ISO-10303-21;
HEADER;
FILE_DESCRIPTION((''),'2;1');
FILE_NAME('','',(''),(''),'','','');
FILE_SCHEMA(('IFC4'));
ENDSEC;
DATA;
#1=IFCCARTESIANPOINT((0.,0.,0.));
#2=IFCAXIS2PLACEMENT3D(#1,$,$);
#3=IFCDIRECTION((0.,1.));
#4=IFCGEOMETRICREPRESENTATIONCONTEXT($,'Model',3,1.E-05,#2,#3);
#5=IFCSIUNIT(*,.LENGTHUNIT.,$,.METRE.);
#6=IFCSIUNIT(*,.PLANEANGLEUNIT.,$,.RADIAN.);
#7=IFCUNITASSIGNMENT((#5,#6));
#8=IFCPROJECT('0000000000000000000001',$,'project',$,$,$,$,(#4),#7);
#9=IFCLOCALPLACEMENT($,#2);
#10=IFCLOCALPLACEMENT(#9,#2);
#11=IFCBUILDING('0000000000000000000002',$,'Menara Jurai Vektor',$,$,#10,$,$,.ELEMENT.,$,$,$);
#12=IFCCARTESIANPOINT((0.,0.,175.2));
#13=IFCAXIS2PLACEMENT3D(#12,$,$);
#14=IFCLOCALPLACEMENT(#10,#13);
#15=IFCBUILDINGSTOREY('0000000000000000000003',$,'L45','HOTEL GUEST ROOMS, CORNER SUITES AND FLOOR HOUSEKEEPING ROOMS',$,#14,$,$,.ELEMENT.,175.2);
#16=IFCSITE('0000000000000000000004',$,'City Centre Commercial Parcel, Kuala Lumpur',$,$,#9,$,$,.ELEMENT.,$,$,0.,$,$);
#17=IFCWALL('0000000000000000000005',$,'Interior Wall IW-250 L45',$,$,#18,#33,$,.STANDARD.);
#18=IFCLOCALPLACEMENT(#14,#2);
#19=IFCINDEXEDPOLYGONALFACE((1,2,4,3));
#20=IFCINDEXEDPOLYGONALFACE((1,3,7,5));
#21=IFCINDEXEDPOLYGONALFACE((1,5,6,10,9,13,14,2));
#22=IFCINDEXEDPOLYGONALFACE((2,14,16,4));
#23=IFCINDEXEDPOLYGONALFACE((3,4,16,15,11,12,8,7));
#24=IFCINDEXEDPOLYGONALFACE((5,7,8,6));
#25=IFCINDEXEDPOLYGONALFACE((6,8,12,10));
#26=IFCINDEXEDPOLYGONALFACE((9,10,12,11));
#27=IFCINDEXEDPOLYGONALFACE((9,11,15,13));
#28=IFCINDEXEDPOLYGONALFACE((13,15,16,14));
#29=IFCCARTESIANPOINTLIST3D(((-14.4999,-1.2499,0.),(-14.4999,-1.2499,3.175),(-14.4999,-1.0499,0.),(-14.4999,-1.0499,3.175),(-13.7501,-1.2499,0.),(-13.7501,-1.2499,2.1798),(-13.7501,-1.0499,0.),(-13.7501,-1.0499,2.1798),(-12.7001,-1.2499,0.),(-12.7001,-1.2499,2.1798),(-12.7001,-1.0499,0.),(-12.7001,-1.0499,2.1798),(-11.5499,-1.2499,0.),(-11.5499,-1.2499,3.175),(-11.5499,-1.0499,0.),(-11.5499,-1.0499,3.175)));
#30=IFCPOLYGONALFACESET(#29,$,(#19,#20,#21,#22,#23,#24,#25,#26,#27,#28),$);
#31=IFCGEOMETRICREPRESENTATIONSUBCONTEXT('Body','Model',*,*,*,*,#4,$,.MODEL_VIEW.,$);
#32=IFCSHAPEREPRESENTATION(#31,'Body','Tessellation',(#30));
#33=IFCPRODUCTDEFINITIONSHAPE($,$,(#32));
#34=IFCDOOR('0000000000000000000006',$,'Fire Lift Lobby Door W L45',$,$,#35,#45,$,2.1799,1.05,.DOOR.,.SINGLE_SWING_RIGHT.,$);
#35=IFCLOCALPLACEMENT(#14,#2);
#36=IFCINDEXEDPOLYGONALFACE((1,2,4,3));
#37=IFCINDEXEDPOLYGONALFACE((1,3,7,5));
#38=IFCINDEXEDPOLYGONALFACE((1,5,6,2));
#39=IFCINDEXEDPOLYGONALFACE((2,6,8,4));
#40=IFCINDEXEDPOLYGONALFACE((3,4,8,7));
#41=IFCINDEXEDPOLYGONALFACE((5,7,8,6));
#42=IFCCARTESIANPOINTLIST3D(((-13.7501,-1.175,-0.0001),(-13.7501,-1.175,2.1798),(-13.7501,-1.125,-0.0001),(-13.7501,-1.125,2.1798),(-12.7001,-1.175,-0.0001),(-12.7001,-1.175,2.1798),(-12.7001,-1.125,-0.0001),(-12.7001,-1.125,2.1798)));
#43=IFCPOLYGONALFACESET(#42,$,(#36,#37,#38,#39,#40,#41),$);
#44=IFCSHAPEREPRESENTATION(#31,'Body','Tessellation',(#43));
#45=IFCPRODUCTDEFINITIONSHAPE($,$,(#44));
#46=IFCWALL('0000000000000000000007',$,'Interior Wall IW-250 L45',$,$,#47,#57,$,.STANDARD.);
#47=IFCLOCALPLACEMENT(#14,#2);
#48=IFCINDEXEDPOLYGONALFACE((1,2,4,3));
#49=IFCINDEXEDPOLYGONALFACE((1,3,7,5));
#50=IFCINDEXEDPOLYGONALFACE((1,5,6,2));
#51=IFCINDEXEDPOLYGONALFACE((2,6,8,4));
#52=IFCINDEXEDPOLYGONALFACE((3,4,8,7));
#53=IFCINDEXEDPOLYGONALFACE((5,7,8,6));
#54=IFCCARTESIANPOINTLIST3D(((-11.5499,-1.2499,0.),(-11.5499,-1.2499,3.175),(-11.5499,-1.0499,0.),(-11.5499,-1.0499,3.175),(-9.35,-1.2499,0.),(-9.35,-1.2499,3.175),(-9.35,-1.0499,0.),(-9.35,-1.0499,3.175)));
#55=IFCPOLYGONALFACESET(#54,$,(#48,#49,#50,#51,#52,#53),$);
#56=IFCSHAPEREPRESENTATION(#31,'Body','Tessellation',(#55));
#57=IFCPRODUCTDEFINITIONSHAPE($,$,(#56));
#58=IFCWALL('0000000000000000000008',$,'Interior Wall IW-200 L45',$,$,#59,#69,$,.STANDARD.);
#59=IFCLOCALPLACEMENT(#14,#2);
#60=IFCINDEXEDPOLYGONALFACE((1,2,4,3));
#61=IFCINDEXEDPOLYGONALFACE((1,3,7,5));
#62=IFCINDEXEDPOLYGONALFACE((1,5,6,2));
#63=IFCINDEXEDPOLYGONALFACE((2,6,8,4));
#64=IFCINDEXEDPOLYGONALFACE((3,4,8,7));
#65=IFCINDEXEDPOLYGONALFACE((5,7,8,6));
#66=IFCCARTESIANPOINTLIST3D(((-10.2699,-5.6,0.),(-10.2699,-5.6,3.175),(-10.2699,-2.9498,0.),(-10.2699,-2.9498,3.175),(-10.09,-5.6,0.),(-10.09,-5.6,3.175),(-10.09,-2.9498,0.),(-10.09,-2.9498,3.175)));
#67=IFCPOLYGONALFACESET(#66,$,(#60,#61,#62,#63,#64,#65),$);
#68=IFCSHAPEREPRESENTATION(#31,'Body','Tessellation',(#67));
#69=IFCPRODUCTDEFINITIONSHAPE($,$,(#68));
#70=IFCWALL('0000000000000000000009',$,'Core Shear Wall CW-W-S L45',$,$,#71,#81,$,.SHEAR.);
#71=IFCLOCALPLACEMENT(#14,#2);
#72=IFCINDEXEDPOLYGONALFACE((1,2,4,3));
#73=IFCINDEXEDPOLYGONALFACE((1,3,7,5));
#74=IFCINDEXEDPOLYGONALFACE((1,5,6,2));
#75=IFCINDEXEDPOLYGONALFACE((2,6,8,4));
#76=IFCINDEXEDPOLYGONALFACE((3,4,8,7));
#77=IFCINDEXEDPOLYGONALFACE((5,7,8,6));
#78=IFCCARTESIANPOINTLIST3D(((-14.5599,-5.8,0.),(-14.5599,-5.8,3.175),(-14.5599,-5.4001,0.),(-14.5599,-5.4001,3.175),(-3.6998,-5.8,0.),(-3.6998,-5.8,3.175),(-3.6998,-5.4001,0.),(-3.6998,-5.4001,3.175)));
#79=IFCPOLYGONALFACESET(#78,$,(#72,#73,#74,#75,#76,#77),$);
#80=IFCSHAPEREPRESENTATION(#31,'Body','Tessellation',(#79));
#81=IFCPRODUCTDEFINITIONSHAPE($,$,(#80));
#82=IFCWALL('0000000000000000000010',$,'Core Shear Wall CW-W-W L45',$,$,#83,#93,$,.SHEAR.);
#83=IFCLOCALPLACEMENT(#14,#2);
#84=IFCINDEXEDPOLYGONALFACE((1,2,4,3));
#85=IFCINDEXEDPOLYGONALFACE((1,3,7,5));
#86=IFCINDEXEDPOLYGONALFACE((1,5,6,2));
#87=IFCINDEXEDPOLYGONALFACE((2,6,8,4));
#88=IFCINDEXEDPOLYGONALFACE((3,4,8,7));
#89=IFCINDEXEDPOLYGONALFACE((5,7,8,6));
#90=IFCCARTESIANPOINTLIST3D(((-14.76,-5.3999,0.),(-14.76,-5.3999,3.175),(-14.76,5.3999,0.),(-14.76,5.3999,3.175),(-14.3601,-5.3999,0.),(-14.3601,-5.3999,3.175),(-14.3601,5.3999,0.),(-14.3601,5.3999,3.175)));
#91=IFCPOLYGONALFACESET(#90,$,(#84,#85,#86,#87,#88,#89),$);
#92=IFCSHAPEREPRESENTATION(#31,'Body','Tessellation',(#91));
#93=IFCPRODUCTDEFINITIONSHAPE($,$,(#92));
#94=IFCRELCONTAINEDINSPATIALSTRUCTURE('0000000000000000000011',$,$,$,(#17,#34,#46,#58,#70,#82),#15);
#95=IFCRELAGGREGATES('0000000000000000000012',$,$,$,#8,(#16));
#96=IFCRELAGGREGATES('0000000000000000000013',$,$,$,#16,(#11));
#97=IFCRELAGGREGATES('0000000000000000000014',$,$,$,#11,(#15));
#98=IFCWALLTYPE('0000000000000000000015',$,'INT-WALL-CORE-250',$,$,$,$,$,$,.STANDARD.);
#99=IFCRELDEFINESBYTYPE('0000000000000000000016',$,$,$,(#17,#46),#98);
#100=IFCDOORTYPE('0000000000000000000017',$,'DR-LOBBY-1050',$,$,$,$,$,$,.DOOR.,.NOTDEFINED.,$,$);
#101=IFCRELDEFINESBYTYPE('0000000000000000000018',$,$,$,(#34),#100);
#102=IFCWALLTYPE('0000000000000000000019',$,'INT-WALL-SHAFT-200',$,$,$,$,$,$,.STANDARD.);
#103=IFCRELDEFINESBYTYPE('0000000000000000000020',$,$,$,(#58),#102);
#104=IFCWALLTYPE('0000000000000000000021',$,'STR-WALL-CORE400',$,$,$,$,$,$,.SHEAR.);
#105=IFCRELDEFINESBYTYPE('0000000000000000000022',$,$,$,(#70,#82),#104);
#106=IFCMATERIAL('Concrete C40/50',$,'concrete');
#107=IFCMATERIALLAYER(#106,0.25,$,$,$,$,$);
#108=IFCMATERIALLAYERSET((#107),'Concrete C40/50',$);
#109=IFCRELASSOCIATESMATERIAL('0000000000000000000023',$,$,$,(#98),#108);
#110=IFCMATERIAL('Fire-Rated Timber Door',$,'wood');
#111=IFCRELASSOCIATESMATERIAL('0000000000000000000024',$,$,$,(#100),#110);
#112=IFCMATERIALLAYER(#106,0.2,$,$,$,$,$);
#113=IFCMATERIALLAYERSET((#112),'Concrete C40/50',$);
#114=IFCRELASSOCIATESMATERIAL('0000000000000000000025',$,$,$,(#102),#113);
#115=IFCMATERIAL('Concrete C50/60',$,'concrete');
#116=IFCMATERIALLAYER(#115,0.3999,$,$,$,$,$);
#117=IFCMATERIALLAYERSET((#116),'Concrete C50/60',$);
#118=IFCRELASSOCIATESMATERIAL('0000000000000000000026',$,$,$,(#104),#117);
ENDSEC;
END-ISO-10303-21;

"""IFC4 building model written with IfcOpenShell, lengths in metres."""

from ifc_helpers import new_model, si_unit, direction, frame, frame_2d, origin, place, context, subcontext, project, spatial, rectangle, extrude, material, layer, layer_set, type_object, element, fill, save


model = new_model("IFC4")

# Units and contexts
model_context = context("Model", 3, precision=1e-05, world=origin(), true_north=direction((0.0, 1.0)))
body_context = subcontext(model_context, "Body", "Model", "MODEL_VIEW")
ifc_project = project(units=[si_unit("LENGTHUNIT", "METRE"), si_unit("PLANEANGLEUNIT", "RADIAN")], contexts=[model_context])

# Site, building, storey
site_placement = place(None, origin())
site = spatial("IfcSite", under=ifc_project, at=site_placement, Name="City Centre Commercial Parcel, Kuala Lumpur", CompositionType="ELEMENT", RefElevation=0.0)
building_placement = place(site_placement, origin())
building = spatial("IfcBuilding", under=site, at=building_placement, Name="Menara Jurai Vektor", CompositionType="ELEMENT")
storey_placement = place(building_placement, frame((0.0, 0.0, 175.2)))
storey = spatial("IfcBuildingStorey", under=building, at=storey_placement, Name="L45", Description="HOTEL GUEST ROOMS, CORNER SUITES AND FLOOR HOUSEKEEPING ROOMS", CompositionType="ELEMENT", Elevation=175.2)

# Shared definitions
ifc_material_1 = material(Name="Concrete C50/60", Category="concrete")

# Shared definitions
ifc_material_2 = material(Name="Concrete C40/50", Category="concrete")
ifc_layer_1 = layer(ifc_material_2, 0.25)
ifc_layer_set_1 = layer_set([ifc_layer_1], Name="Concrete C40/50")
wall_type_1 = type_object("IfcWallType", Name="INT-WALL-CORE-250", PredefinedType="STANDARD", material=ifc_layer_set_1)

# Wall, opening, door
wall_1_placement = place(storey_placement, frame((-14.5, -1.1499, 0.0), z_axis=(0.0, 0.0, 1.0), x_axis=(1.0, 0.0, 0.0)))
wall_1 = element("IfcWall", 1, at=wall_1_placement, inside=storey, type_object=wall_type_1, Name="Interior Wall IW-250 L45", PredefinedType="STANDARD", context=body_context, shape_type="SweptSolid", body=[
    extrude(rectangle(XDim=2.95, YDim=0.2, at=frame_2d((1.4751, 0.0))), origin(), (0.0, 0.0, 1.0), 3.175),
])
opening_1_placement = place(wall_1_placement, frame((0.75, 0.0, 0.0)))
opening_1 = element("IfcOpeningElement", 2, at=opening_1_placement, cuts=wall_1, PredefinedType="OPENING", context=body_context, shape_type="SweptSolid", body=[
    extrude(rectangle(XDim=1.05, YDim=2.1799, at=frame_2d((0.5249, 1.0898))), frame((0.0, 0.1099, 0.0), z_axis=(0.0, -1.0, 0.0), x_axis=(1.0, 0.0, 0.0)), (0.0, 0.0, 1.0), 0.22),
])
ifc_material_3 = material(Name="Fire-Rated Timber Door", Category="wood")
door_type_1 = type_object("IfcDoorType", Name="DR-LOBBY-1050", OperationType="NOTDEFINED", PredefinedType="DOOR", material=ifc_material_3)
door_1_placement = place(opening_1_placement, origin())
door_1 = element("IfcDoor", 3, at=door_1_placement, inside=storey, type_object=door_type_1, Name="Fire Lift Lobby Door W L45", OperationType="SINGLE_SWING_RIGHT", OverallHeight=2.1799, OverallWidth=1.05, PredefinedType="DOOR", context=body_context, shape_type="SweptSolid", body=[
    extrude(rectangle(XDim=1.05, YDim=2.1799, at=frame_2d((0.5249, 1.0898))), frame((0.0, 0.0249, 0.0), z_axis=(0.0, -1.0, 0.0), x_axis=(1.0, 0.0, 0.0)), (0.0, 0.0, 1.0), 0.05),
])
fill(opening_1, door_1)

# Wall
wall_2_placement = place(storey_placement, frame((-11.55, -1.1499, 0.0), z_axis=(0.0, 0.0, 1.0), x_axis=(1.0, 0.0, 0.0)))
element("IfcWall", 4, at=wall_2_placement, inside=storey, type_object=wall_type_1, Name="Interior Wall IW-250 L45", PredefinedType="STANDARD", context=body_context, shape_type="SweptSolid", body=[
    extrude(rectangle(XDim=2.2, YDim=0.2, at=frame_2d((1.1001, 0.0))), origin(), (0.0, 0.0, 1.0), 3.175),
])

# Shared definitions
ifc_layer_2 = layer(ifc_material_2, 0.2)
ifc_layer_set_2 = layer_set([ifc_layer_2], Name="Concrete C40/50")
wall_type_2 = type_object("IfcWallType", Name="INT-WALL-SHAFT-200", PredefinedType="STANDARD", material=ifc_layer_set_2)

# Walls
wall_3_placement = place(storey_placement, frame((-10.1799, -5.6001, 0.0), z_axis=(0.0, 0.0, 1.0), x_axis=(0.0, 1.0, 0.0)))
element("IfcWall", 5, at=wall_3_placement, inside=storey, type_object=wall_type_2, Name="Interior Wall IW-200 L45", PredefinedType="STANDARD", context=body_context, shape_type="SweptSolid", body=[
    extrude(rectangle(XDim=2.6501, YDim=0.1799, at=frame_2d((1.3252, 0.0))), origin(), (0.0, 0.0, 1.0), 3.175),
])
ifc_layer_3 = layer(ifc_material_1, 0.3999)
ifc_layer_set_3 = layer_set([ifc_layer_3], Name="Concrete C50/60")
wall_type_3 = type_object("IfcWallType", Name="STR-WALL-CORE400", PredefinedType="SHEAR", material=ifc_layer_set_3)
wall_4_placement = place(storey_placement, frame((-14.5601, -5.6001, 0.0), z_axis=(0.0, 0.0, 1.0), x_axis=(1.0, 0.0, 0.0)))
element("IfcWall", 6, at=wall_4_placement, inside=storey, type_object=wall_type_3, Name="Core Shear Wall CW-W-S L45", PredefinedType="SHEAR", context=body_context, shape_type="SweptSolid", body=[
    extrude(rectangle(XDim=10.8601, YDim=0.3999, at=frame_2d((5.4302, 0.0))), origin(), (0.0, 0.0, 1.0), 3.175),
])
wall_5_placement = place(storey_placement, frame((-14.5601, -5.3999, 0.0), z_axis=(0.0, 0.0, 1.0), x_axis=(0.0, 1.0, 0.0)))
element("IfcWall", 7, at=wall_5_placement, inside=storey, type_object=wall_type_3, Name="Core Shear Wall CW-W-W L45", PredefinedType="SHEAR", context=body_context, shape_type="SweptSolid", body=[
    extrude(rectangle(XDim=10.7998, YDim=0.3999, at=frame_2d((5.3999, 0.0))), origin(), (0.0, 0.0, 1.0), 3.175),
])

save(model, "model.ifc")
